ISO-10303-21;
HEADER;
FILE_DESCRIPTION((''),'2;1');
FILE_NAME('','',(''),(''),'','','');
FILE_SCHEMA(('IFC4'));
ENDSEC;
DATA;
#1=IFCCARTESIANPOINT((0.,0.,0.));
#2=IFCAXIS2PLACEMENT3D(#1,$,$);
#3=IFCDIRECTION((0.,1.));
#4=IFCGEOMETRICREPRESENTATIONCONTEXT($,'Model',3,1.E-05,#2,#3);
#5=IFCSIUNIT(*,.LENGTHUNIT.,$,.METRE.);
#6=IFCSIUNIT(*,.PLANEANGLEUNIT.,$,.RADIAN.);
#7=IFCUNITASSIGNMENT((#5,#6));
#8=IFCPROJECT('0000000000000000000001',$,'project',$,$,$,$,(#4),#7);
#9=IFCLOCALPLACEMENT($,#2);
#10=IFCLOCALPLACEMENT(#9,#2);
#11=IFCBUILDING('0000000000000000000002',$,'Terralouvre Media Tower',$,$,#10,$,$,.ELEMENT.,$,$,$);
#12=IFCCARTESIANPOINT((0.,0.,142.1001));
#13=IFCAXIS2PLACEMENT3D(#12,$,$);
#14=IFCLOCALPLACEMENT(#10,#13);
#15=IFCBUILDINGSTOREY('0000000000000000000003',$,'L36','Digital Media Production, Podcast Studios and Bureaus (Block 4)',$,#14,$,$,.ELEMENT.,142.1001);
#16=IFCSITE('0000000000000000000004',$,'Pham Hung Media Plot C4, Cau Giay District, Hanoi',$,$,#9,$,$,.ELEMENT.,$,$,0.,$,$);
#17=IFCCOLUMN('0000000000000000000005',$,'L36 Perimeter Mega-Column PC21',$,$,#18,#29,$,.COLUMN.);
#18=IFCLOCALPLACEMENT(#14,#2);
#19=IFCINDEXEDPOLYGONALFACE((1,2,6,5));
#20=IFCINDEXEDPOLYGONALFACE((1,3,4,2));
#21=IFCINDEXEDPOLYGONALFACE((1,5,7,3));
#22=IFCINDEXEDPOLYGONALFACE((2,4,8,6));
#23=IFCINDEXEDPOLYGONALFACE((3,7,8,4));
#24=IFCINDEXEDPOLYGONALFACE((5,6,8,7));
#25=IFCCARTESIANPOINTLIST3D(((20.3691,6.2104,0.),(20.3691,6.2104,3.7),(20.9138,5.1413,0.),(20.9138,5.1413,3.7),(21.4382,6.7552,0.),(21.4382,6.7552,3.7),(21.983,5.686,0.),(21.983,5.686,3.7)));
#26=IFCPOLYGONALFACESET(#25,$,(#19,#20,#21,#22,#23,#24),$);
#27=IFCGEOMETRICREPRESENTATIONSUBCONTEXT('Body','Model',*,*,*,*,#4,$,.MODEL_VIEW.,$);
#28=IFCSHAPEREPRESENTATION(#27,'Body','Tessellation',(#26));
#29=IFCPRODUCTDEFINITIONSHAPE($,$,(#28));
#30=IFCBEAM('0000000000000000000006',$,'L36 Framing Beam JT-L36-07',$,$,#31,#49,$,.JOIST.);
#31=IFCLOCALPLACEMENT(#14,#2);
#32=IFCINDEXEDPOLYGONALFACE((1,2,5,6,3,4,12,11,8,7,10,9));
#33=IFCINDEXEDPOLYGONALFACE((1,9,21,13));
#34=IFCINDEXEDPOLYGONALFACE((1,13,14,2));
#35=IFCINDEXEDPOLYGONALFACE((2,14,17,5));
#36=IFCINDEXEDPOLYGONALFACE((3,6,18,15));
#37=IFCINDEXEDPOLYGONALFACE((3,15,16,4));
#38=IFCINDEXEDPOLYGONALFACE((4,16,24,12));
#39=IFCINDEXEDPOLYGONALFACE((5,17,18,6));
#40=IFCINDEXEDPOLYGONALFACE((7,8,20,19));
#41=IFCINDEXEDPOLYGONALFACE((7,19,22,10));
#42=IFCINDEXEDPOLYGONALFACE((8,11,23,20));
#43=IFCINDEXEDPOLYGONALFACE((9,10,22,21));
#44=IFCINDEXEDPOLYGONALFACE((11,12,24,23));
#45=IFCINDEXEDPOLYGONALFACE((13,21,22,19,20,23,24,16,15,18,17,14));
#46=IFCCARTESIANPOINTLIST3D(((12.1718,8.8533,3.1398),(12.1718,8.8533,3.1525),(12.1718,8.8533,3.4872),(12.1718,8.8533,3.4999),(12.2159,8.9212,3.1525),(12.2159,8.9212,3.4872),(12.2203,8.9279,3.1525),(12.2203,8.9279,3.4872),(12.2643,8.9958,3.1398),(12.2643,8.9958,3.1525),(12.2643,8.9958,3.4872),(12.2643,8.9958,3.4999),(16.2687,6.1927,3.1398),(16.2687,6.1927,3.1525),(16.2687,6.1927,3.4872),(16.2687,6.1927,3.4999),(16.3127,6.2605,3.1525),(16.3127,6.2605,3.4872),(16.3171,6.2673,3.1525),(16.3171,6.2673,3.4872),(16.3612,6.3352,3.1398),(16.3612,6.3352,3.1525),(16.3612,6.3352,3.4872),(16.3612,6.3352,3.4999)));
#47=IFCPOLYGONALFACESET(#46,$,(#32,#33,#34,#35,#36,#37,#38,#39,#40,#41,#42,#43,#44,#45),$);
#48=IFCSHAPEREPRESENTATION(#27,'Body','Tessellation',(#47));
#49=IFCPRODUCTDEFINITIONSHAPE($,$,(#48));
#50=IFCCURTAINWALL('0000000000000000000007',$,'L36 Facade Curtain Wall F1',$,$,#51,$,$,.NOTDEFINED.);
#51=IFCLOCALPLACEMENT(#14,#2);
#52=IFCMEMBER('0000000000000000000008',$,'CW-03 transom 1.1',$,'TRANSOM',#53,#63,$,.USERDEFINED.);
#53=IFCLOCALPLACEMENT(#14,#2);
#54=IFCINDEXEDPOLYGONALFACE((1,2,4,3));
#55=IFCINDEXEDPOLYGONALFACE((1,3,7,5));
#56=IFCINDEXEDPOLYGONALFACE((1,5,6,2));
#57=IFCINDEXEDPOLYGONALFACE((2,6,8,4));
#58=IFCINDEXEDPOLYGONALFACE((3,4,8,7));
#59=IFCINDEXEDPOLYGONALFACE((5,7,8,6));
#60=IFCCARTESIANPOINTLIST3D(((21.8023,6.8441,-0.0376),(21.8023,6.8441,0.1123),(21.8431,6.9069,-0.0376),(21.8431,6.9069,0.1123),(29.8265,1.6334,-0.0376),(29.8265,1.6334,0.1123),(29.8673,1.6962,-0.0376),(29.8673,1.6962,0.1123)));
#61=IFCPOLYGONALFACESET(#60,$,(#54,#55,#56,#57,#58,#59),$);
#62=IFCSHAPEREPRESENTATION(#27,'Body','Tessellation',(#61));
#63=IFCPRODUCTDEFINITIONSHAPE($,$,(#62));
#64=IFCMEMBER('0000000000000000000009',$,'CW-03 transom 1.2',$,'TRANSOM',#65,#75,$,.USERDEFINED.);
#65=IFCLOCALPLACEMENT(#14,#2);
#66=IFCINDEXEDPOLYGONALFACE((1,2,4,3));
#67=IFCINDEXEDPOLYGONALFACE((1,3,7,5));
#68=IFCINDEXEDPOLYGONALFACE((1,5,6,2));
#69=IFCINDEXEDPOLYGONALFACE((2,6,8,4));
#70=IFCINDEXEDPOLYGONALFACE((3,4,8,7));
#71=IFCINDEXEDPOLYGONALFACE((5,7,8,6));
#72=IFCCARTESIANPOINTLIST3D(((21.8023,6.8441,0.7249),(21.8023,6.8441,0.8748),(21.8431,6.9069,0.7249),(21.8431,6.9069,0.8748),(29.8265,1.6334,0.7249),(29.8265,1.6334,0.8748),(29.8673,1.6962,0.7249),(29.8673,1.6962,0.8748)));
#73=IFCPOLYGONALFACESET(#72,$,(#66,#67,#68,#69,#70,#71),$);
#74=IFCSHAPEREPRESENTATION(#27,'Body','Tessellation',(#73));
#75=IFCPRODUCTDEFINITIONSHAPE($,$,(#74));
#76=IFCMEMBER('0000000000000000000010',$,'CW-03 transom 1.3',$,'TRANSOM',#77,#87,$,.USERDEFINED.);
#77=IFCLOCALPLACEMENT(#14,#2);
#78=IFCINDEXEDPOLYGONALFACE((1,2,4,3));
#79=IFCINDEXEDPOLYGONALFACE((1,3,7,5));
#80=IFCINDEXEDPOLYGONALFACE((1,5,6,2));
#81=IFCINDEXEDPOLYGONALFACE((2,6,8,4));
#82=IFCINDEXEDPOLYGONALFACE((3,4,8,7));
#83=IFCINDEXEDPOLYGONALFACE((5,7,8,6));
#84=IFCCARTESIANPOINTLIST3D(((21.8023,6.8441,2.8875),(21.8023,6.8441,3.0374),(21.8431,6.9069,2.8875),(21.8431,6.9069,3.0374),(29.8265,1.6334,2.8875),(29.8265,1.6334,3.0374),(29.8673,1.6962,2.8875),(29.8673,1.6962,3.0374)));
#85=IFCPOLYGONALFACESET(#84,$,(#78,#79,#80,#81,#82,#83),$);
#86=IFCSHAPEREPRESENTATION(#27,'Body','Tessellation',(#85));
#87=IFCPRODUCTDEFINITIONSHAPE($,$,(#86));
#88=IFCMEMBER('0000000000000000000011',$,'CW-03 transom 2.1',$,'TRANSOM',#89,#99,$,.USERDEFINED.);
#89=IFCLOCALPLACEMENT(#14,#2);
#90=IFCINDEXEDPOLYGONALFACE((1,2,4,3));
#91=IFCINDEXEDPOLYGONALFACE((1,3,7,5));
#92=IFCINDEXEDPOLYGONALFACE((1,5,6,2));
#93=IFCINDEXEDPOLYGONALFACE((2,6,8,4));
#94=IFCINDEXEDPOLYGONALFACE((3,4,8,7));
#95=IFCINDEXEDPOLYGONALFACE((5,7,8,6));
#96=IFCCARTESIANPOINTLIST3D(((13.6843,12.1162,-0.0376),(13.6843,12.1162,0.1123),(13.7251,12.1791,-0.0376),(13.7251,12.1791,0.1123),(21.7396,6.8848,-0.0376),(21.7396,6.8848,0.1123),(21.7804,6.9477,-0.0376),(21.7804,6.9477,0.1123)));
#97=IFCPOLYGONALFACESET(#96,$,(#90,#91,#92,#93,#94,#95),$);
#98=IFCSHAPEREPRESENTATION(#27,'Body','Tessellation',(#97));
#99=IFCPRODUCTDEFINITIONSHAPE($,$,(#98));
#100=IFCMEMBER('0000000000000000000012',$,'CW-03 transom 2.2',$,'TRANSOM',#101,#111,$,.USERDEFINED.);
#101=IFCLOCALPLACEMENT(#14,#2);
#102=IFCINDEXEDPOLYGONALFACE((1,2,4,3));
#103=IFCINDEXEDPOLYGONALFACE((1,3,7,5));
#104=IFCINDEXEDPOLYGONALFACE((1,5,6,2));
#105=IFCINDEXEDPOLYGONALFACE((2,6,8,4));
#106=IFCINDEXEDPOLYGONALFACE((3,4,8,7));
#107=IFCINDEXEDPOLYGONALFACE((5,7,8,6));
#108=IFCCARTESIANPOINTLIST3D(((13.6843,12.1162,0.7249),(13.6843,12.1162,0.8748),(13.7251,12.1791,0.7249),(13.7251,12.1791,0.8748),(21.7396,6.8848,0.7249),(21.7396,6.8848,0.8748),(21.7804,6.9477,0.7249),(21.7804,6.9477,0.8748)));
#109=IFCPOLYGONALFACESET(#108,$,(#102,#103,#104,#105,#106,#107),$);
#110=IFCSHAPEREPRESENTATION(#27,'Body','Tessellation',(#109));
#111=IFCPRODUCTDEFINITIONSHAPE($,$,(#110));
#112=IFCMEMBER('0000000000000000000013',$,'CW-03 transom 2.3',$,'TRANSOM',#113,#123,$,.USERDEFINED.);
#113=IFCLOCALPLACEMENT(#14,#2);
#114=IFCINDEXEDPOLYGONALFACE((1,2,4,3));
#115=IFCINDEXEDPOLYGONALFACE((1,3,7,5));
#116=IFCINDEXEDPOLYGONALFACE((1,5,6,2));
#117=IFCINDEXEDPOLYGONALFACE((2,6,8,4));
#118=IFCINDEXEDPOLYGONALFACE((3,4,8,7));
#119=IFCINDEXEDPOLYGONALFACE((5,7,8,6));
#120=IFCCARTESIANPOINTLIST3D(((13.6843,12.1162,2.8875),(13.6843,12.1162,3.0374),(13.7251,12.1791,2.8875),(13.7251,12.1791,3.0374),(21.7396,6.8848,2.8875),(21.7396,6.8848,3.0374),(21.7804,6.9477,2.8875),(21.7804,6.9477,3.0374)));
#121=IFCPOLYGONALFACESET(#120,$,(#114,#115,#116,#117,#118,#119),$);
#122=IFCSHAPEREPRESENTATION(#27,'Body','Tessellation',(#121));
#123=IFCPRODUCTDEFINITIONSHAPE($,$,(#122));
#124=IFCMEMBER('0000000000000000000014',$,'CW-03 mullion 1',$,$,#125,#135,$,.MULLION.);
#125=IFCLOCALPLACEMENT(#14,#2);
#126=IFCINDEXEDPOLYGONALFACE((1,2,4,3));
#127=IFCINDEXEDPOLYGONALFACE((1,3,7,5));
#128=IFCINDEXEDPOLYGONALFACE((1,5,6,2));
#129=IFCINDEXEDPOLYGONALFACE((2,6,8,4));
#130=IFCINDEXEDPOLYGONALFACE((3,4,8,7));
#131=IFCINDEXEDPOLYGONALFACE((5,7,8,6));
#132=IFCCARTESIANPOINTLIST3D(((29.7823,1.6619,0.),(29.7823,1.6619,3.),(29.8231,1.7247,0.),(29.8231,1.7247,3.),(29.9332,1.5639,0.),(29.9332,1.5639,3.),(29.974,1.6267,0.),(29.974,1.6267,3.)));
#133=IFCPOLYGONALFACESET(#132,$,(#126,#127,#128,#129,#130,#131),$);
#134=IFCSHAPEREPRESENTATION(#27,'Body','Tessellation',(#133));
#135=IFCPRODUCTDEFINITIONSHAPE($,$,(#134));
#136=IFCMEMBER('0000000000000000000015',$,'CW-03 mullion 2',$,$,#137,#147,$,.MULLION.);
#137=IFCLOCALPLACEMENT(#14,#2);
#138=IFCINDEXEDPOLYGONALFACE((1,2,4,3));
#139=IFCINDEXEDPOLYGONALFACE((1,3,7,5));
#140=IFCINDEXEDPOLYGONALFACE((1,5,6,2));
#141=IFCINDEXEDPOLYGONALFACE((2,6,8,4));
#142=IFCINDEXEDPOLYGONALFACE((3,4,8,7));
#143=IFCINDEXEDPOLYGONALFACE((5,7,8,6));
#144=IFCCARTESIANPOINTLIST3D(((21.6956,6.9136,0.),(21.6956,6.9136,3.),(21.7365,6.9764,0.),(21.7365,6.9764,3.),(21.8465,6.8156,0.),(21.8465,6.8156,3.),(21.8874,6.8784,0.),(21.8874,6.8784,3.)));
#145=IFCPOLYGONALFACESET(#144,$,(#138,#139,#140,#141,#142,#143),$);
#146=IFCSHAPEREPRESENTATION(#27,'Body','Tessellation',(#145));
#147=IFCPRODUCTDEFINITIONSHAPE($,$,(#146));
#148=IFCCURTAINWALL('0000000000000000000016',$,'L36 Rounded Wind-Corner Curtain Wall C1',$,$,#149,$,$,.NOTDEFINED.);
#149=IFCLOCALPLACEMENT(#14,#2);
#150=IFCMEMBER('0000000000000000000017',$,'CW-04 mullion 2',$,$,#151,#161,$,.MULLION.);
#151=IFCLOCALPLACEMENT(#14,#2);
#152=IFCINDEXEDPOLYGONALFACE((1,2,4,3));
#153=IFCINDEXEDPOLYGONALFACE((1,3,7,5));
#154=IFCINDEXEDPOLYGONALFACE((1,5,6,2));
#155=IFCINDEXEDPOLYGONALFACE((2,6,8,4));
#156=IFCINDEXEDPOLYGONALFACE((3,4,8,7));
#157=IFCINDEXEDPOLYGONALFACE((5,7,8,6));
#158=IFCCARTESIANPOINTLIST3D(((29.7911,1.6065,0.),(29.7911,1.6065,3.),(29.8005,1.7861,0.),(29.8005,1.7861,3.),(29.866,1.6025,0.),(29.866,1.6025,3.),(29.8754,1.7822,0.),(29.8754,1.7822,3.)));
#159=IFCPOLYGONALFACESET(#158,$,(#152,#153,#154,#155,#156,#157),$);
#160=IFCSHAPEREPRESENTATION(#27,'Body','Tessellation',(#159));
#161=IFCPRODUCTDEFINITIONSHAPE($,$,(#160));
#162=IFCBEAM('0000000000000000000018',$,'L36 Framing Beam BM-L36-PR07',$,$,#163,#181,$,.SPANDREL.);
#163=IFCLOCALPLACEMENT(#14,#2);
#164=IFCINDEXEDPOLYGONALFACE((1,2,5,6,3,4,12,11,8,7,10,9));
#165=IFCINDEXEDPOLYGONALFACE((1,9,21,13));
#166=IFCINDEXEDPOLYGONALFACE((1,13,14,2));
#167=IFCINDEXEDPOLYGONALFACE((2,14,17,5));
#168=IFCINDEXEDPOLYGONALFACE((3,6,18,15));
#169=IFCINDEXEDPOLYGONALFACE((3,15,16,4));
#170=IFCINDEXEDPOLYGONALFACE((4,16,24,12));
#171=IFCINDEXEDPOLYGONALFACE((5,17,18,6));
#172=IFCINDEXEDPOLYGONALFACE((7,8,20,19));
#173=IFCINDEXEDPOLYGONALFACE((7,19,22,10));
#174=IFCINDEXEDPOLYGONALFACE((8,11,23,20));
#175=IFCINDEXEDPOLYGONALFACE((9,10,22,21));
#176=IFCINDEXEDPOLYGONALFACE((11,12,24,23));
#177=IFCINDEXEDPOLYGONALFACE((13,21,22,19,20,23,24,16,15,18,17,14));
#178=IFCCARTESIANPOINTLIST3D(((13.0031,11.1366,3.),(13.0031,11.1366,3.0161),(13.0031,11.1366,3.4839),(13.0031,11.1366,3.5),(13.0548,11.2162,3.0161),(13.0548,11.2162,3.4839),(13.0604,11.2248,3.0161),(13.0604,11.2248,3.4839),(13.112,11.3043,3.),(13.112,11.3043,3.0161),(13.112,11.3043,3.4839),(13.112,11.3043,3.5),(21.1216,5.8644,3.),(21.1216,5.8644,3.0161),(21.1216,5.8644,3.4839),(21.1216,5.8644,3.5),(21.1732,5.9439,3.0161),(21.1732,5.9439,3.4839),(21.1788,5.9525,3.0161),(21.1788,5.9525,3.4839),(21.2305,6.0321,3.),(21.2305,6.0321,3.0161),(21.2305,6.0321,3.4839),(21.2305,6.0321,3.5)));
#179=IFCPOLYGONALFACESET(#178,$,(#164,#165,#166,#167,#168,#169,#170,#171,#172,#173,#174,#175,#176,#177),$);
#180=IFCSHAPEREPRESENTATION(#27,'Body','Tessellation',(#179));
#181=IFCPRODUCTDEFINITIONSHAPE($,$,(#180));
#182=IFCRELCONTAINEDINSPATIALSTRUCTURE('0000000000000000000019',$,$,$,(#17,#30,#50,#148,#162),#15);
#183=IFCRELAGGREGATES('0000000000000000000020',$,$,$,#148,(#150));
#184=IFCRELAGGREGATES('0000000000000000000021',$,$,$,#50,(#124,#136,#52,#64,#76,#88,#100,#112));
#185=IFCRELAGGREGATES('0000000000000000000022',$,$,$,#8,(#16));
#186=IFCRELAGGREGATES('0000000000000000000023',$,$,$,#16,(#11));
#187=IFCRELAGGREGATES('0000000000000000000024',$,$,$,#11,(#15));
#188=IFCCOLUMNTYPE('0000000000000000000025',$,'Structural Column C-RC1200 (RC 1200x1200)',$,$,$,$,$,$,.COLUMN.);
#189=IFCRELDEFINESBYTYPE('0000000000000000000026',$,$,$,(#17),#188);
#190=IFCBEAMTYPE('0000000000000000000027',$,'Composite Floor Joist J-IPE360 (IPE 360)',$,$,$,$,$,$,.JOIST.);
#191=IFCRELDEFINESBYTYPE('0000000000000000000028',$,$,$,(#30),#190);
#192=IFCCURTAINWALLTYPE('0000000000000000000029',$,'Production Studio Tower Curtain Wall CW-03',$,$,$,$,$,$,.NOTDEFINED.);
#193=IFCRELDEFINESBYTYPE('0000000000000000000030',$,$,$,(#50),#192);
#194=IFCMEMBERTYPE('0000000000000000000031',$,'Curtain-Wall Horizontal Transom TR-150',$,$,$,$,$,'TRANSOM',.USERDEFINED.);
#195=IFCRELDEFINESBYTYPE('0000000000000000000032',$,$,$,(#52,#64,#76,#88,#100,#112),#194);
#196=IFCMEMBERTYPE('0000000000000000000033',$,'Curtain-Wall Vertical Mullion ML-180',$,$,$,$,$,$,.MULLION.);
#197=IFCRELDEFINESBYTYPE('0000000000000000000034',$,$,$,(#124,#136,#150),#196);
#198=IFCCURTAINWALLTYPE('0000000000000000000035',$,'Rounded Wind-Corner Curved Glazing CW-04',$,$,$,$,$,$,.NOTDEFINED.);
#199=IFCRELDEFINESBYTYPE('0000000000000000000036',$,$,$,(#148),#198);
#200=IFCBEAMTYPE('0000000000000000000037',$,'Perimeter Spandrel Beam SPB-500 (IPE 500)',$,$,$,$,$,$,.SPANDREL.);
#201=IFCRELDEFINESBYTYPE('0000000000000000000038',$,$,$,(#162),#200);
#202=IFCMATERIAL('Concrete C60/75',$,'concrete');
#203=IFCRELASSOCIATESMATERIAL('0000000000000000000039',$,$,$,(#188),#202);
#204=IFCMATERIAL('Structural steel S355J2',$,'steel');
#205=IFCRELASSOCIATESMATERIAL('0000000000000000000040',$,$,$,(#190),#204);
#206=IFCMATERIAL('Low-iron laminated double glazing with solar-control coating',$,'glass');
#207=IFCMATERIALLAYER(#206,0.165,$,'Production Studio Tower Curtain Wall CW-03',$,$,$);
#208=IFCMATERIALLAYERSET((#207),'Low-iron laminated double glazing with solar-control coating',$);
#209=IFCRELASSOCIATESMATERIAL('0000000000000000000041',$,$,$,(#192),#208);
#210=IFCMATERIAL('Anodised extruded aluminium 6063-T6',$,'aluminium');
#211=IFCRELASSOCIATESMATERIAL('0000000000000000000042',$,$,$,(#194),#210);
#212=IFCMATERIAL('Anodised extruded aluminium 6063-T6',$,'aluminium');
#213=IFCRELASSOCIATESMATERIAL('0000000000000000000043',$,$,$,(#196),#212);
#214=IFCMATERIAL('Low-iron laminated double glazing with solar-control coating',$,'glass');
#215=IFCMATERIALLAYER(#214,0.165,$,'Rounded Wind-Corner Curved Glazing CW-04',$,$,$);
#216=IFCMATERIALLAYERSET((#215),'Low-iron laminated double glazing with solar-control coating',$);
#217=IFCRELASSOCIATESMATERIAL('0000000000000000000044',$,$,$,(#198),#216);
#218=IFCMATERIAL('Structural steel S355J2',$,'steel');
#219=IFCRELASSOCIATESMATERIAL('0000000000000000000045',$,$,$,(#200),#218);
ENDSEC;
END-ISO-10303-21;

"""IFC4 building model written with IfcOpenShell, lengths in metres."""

from ifc_helpers import new_model, si_unit, direction, frame, origin, origin_2d, place, context, subcontext, project, spatial, rectangle, i_section, extrude, material, layer, layer_set, material_profile, profile_set, type_object, element, aggregate, save


model = new_model("IFC4")

# Units and contexts
model_context = context("Model", 3, precision=1e-05, world=origin(), true_north=direction((0.0, 1.0)))
body_context = subcontext(model_context, "Body", "Model", "MODEL_VIEW")
ifc_project = project(units=[si_unit("LENGTHUNIT", "METRE"), si_unit("PLANEANGLEUNIT", "RADIAN")], contexts=[model_context])

# Site, building, storey
site_placement = place(None, origin())
site = spatial("IfcSite", under=ifc_project, at=site_placement, Name="Pham Hung Media Plot C4, Cau Giay District, Hanoi", CompositionType="ELEMENT", RefElevation=0.0)
building_placement = place(site_placement, origin())
building = spatial("IfcBuilding", under=site, at=building_placement, Name="Terralouvre Media Tower", CompositionType="ELEMENT")
storey_placement = place(building_placement, frame((0.0, 0.0, 142.1001)))
storey = spatial("IfcBuildingStorey", under=building, at=storey_placement, Name="L36", Description="Digital Media Production, Podcast Studios and Bureaus (Block 4)", CompositionType="ELEMENT", Elevation=142.1001)

# Column
ifc_material_1 = material(Name="Concrete C60/75", Category="concrete")
ifc_material_profile_1 = material_profile(ifc_material_1, rectangle(XDim=1.2, YDim=1.2, at=origin_2d()), Name="RC 1200x1200")
ifc_profile_set_1 = profile_set([ifc_material_profile_1], Name="Concrete C60/75")
column_type = type_object("IfcColumnType", Name="Structural Column C-RC1200 (RC 1200x1200)", PredefinedType="COLUMN", material=ifc_profile_set_1)
column_placement = place(storey_placement, frame((21.176, 5.9482, 0.0), z_axis=(0.0, 0.0, 1.0), x_axis=(0.891007, 0.45399, 0.0)))
element("IfcColumn", 1, at=column_placement, inside=storey, type_object=column_type, Name="L36 Perimeter Mega-Column PC21", PredefinedType="COLUMN", context=body_context, shape_type="SweptSolid", body=[
    extrude(rectangle(XDim=1.2, YDim=1.2, at=origin_2d()), origin(), (0.0, 0.0, 1.0), 3.7),
])

# Beam
ifc_material_2 = material(Name="Structural steel S355J2", Category="steel")
ifc_material_profile_2 = material_profile(ifc_material_2, i_section(OverallWidth=0.1699, OverallDepth=0.3601, WebThickness=0.0081, FlangeThickness=0.0127, at=origin_2d()), Name="IPE 360")
ifc_profile_set_2 = profile_set([ifc_material_profile_2], Name="Structural steel S355J2")
beam_type_1 = type_object("IfcBeamType", Name="Composite Floor Joist J-IPE360 (IPE 360)", PredefinedType="JOIST", material=ifc_profile_set_2)
beam_1_placement = place(storey_placement, frame((16.3149, 6.2639, 3.3198), z_axis=(-0.838664, 0.544649, 0.0), x_axis=(-0.544649, -0.838664, 0.0)))
element("IfcBeam", 2, at=beam_1_placement, inside=storey, type_object=beam_type_1, Name="L36 Framing Beam JT-L36-07", PredefinedType="JOIST", context=body_context, shape_type="SweptSolid", body=[
    extrude(i_section(OverallWidth=0.1699, OverallDepth=0.3601, WebThickness=0.0081, FlangeThickness=0.0127, at=origin_2d()), origin(), (0.0, 0.0, 1.0), 4.885),
])

# Curtain wall, members
ifc_material_3 = material(Name="Low-iron laminated double glazing with solar-control coating", Category="glass")
ifc_layer_1 = layer(ifc_material_3, 0.165, Name="Production Studio Tower Curtain Wall CW-03")
ifc_layer_set_1 = layer_set([ifc_layer_1], Name="Low-iron laminated double glazing with solar-control coating")
curtain_wall_type_1 = type_object("IfcCurtainWallType", Name="Production Studio Tower Curtain Wall CW-03", PredefinedType="NOTDEFINED", material=ifc_layer_set_1)
curtain_wall_1_placement = place(storey_placement, origin())
curtain_wall_1 = element("IfcCurtainWall", 3, at=curtain_wall_1_placement, inside=storey, type_object=curtain_wall_type_1, Name="L36 Facade Curtain Wall F1", PredefinedType="NOTDEFINED")
ifc_material_4 = material(Name="Anodised extruded aluminium 6063-T6", Category="aluminium")
ifc_material_profile_3 = material_profile(ifc_material_4, rectangle(XDim=0.075, YDim=0.1499, at=origin_2d()), Name="ALU 75x150")
ifc_profile_set_3 = profile_set([ifc_material_profile_3], Name="Anodised extruded aluminium 6063-T6")
member_type_1 = type_object("IfcMemberType", Name="Curtain-Wall Horizontal Transom TR-150", ElementType="TRANSOM", PredefinedType="USERDEFINED", material=ifc_profile_set_3)
member_1_placement = place(storey_placement, frame((29.8469, 1.6648, 0.0374), z_axis=(-0.838683, 0.54462, 0.0), x_axis=(-0.54462, -0.838683, 0.0)))
member_1 = element("IfcMember", 4, at=member_1_placement, type_object=member_type_1, Name="CW-03 transom 1.1", ObjectType="TRANSOM", PredefinedType="USERDEFINED", context=body_context, shape_type="SweptSolid", body=[
    extrude(rectangle(XDim=0.075, YDim=0.1499, at=origin_2d()), origin(), (0.0, 0.0, 1.0), 9.5676),
])
member_2_placement = place(storey_placement, frame((29.8469, 1.6648, 0.7998), z_axis=(-0.838683, 0.54462, 0.0), x_axis=(-0.54462, -0.838683, 0.0)))
member_2 = element("IfcMember", 5, at=member_2_placement, type_object=member_type_1, Name="CW-03 transom 1.2", ObjectType="TRANSOM", PredefinedType="USERDEFINED", context=body_context, shape_type="SweptSolid", body=[
    extrude(rectangle(XDim=0.075, YDim=0.1499, at=origin_2d()), origin(), (0.0, 0.0, 1.0), 9.5676),
])
member_3_placement = place(storey_placement, frame((29.8469, 1.6648, 2.9624), z_axis=(-0.838683, 0.54462, 0.0), x_axis=(-0.54462, -0.838683, 0.0)))
member_3 = element("IfcMember", 6, at=member_3_placement, type_object=member_type_1, Name="CW-03 transom 1.3", ObjectType="TRANSOM", PredefinedType="USERDEFINED", context=body_context, shape_type="SweptSolid", body=[
    extrude(rectangle(XDim=0.075, YDim=0.1499, at=origin_2d()), origin(), (0.0, 0.0, 1.0), 9.5676),
])
member_4_placement = place(storey_placement, frame((21.76, 6.9163, 0.0374), z_axis=(-0.838661, 0.544653, 0.0), x_axis=(-0.544653, -0.838661, 0.0)))
member_4 = element("IfcMember", 7, at=member_4_placement, type_object=member_type_1, Name="CW-03 transom 2.1", ObjectType="TRANSOM", PredefinedType="USERDEFINED", context=body_context, shape_type="SweptSolid", body=[
    extrude(rectangle(XDim=0.075, YDim=0.1499, at=origin_2d()), origin(), (0.0, 0.0, 1.0), 9.605),
])
member_5_placement = place(storey_placement, frame((21.76, 6.9163, 0.7998), z_axis=(-0.838661, 0.544653, 0.0), x_axis=(-0.544653, -0.838661, 0.0)))
member_5 = element("IfcMember", 8, at=member_5_placement, type_object=member_type_1, Name="CW-03 transom 2.2", ObjectType="TRANSOM", PredefinedType="USERDEFINED", context=body_context, shape_type="SweptSolid", body=[
    extrude(rectangle(XDim=0.075, YDim=0.1499, at=origin_2d()), origin(), (0.0, 0.0, 1.0), 9.605),
])
member_6_placement = place(storey_placement, frame((21.76, 6.9163, 2.9624), z_axis=(-0.838661, 0.544653, 0.0), x_axis=(-0.544653, -0.838661, 0.0)))
member_6 = element("IfcMember", 9, at=member_6_placement, type_object=member_type_1, Name="CW-03 transom 2.3", ObjectType="TRANSOM", PredefinedType="USERDEFINED", context=body_context, shape_type="SweptSolid", body=[
    extrude(rectangle(XDim=0.075, YDim=0.1499, at=origin_2d()), origin(), (0.0, 0.0, 1.0), 9.605),
])
ifc_material_5 = material(Name="Anodised extruded aluminium 6063-T6", Category="aluminium")
ifc_material_profile_4 = material_profile(ifc_material_5, rectangle(XDim=0.075, YDim=0.1799, at=origin_2d()), Name="ALU 75x180")
ifc_profile_set_4 = profile_set([ifc_material_profile_4], Name="Anodised extruded aluminium 6063-T6")
member_type_2 = type_object("IfcMemberType", Name="Curtain-Wall Vertical Mullion ML-180", PredefinedType="MULLION", material=ifc_profile_set_4)
member_7_placement = place(storey_placement, frame((29.8782, 1.6443, 0.0), z_axis=(0.0, 0.0, 1.0), x_axis=(-0.544639, -0.838671, 0.0)))
member_7 = element("IfcMember", 10, at=member_7_placement, type_object=member_type_2, Name="CW-03 mullion 1", PredefinedType="MULLION", context=body_context, shape_type="SweptSolid", body=[
    extrude(rectangle(XDim=0.075, YDim=0.1799, at=origin_2d()), origin(), (0.0, 0.0, 1.0), 3.0),
])
member_8_placement = place(storey_placement, frame((21.7915, 6.896, 0.0), z_axis=(0.0, 0.0, 1.0), x_axis=(-0.544639, -0.838671, 0.0)))
member_8 = element("IfcMember", 11, at=member_8_placement, type_object=member_type_2, Name="CW-03 mullion 2", PredefinedType="MULLION", context=body_context, shape_type="SweptSolid", body=[
    extrude(rectangle(XDim=0.075, YDim=0.1799, at=origin_2d()), origin(), (0.0, 0.0, 1.0), 3.0),
])

# Curtain wall, member
ifc_material_6 = material(Name="Low-iron laminated double glazing with solar-control coating", Category="glass")
ifc_layer_2 = layer(ifc_material_6, 0.165, Name="Rounded Wind-Corner Curved Glazing CW-04")
ifc_layer_set_2 = layer_set([ifc_layer_2], Name="Low-iron laminated double glazing with solar-control coating")
curtain_wall_type_2 = type_object("IfcCurtainWallType", Name="Rounded Wind-Corner Curved Glazing CW-04", PredefinedType="NOTDEFINED", material=ifc_layer_set_2)
curtain_wall_2_placement = place(storey_placement, origin())
curtain_wall_2 = element("IfcCurtainWall", 12, at=curtain_wall_2_placement, inside=storey, type_object=curtain_wall_type_2, Name="L36 Rounded Wind-Corner Curtain Wall C1", PredefinedType="NOTDEFINED")
member_9_placement = place(storey_placement, frame((29.8333, 1.6943, 0.0), z_axis=(0.0, 0.0, 1.0), x_axis=(-0.998629, 0.052337, 0.0)))
member_9 = element("IfcMember", 13, at=member_9_placement, type_object=member_type_2, Name="CW-04 mullion 2", PredefinedType="MULLION", context=body_context, shape_type="SweptSolid", body=[
    extrude(rectangle(XDim=0.075, YDim=0.1799, at=origin_2d()), origin(), (0.0, 0.0, 1.0), 3.0),
])
aggregate(curtain_wall_2, [member_9])

# Beam
ifc_material_7 = material(Name="Structural steel S355J2", Category="steel")
ifc_material_profile_5 = material_profile(ifc_material_7, i_section(OverallWidth=0.2, OverallDepth=0.5, WebThickness=0.0103, FlangeThickness=0.0161, at=origin_2d()), Name="IPE 500")
ifc_profile_set_5 = profile_set([ifc_material_profile_5], Name="Structural steel S355J2")
beam_type_2 = type_object("IfcBeamType", Name="Perimeter Spandrel Beam SPB-500 (IPE 500)", PredefinedType="SPANDREL", material=ifc_profile_set_5)
beam_2_placement = place(storey_placement, frame((21.176, 5.9482, 3.25), z_axis=(-0.838668, 0.544643, 0.0), x_axis=(-0.544643, -0.838668, 0.0)))
element("IfcBeam", 14, at=beam_2_placement, inside=storey, type_object=beam_type_2, Name="L36 Framing Beam BM-L36-PR07", PredefinedType="SPANDREL", context=body_context, shape_type="SweptSolid", body=[
    extrude(i_section(OverallWidth=0.2, OverallDepth=0.5, WebThickness=0.0103, FlangeThickness=0.0161, at=origin_2d()), origin(), (0.0, 0.0, 1.0), 9.6802),
])

aggregate(curtain_wall_1, [member_7, member_8, member_1, member_2, member_3, member_4, member_5, member_6])

save(model, "model.ifc")
